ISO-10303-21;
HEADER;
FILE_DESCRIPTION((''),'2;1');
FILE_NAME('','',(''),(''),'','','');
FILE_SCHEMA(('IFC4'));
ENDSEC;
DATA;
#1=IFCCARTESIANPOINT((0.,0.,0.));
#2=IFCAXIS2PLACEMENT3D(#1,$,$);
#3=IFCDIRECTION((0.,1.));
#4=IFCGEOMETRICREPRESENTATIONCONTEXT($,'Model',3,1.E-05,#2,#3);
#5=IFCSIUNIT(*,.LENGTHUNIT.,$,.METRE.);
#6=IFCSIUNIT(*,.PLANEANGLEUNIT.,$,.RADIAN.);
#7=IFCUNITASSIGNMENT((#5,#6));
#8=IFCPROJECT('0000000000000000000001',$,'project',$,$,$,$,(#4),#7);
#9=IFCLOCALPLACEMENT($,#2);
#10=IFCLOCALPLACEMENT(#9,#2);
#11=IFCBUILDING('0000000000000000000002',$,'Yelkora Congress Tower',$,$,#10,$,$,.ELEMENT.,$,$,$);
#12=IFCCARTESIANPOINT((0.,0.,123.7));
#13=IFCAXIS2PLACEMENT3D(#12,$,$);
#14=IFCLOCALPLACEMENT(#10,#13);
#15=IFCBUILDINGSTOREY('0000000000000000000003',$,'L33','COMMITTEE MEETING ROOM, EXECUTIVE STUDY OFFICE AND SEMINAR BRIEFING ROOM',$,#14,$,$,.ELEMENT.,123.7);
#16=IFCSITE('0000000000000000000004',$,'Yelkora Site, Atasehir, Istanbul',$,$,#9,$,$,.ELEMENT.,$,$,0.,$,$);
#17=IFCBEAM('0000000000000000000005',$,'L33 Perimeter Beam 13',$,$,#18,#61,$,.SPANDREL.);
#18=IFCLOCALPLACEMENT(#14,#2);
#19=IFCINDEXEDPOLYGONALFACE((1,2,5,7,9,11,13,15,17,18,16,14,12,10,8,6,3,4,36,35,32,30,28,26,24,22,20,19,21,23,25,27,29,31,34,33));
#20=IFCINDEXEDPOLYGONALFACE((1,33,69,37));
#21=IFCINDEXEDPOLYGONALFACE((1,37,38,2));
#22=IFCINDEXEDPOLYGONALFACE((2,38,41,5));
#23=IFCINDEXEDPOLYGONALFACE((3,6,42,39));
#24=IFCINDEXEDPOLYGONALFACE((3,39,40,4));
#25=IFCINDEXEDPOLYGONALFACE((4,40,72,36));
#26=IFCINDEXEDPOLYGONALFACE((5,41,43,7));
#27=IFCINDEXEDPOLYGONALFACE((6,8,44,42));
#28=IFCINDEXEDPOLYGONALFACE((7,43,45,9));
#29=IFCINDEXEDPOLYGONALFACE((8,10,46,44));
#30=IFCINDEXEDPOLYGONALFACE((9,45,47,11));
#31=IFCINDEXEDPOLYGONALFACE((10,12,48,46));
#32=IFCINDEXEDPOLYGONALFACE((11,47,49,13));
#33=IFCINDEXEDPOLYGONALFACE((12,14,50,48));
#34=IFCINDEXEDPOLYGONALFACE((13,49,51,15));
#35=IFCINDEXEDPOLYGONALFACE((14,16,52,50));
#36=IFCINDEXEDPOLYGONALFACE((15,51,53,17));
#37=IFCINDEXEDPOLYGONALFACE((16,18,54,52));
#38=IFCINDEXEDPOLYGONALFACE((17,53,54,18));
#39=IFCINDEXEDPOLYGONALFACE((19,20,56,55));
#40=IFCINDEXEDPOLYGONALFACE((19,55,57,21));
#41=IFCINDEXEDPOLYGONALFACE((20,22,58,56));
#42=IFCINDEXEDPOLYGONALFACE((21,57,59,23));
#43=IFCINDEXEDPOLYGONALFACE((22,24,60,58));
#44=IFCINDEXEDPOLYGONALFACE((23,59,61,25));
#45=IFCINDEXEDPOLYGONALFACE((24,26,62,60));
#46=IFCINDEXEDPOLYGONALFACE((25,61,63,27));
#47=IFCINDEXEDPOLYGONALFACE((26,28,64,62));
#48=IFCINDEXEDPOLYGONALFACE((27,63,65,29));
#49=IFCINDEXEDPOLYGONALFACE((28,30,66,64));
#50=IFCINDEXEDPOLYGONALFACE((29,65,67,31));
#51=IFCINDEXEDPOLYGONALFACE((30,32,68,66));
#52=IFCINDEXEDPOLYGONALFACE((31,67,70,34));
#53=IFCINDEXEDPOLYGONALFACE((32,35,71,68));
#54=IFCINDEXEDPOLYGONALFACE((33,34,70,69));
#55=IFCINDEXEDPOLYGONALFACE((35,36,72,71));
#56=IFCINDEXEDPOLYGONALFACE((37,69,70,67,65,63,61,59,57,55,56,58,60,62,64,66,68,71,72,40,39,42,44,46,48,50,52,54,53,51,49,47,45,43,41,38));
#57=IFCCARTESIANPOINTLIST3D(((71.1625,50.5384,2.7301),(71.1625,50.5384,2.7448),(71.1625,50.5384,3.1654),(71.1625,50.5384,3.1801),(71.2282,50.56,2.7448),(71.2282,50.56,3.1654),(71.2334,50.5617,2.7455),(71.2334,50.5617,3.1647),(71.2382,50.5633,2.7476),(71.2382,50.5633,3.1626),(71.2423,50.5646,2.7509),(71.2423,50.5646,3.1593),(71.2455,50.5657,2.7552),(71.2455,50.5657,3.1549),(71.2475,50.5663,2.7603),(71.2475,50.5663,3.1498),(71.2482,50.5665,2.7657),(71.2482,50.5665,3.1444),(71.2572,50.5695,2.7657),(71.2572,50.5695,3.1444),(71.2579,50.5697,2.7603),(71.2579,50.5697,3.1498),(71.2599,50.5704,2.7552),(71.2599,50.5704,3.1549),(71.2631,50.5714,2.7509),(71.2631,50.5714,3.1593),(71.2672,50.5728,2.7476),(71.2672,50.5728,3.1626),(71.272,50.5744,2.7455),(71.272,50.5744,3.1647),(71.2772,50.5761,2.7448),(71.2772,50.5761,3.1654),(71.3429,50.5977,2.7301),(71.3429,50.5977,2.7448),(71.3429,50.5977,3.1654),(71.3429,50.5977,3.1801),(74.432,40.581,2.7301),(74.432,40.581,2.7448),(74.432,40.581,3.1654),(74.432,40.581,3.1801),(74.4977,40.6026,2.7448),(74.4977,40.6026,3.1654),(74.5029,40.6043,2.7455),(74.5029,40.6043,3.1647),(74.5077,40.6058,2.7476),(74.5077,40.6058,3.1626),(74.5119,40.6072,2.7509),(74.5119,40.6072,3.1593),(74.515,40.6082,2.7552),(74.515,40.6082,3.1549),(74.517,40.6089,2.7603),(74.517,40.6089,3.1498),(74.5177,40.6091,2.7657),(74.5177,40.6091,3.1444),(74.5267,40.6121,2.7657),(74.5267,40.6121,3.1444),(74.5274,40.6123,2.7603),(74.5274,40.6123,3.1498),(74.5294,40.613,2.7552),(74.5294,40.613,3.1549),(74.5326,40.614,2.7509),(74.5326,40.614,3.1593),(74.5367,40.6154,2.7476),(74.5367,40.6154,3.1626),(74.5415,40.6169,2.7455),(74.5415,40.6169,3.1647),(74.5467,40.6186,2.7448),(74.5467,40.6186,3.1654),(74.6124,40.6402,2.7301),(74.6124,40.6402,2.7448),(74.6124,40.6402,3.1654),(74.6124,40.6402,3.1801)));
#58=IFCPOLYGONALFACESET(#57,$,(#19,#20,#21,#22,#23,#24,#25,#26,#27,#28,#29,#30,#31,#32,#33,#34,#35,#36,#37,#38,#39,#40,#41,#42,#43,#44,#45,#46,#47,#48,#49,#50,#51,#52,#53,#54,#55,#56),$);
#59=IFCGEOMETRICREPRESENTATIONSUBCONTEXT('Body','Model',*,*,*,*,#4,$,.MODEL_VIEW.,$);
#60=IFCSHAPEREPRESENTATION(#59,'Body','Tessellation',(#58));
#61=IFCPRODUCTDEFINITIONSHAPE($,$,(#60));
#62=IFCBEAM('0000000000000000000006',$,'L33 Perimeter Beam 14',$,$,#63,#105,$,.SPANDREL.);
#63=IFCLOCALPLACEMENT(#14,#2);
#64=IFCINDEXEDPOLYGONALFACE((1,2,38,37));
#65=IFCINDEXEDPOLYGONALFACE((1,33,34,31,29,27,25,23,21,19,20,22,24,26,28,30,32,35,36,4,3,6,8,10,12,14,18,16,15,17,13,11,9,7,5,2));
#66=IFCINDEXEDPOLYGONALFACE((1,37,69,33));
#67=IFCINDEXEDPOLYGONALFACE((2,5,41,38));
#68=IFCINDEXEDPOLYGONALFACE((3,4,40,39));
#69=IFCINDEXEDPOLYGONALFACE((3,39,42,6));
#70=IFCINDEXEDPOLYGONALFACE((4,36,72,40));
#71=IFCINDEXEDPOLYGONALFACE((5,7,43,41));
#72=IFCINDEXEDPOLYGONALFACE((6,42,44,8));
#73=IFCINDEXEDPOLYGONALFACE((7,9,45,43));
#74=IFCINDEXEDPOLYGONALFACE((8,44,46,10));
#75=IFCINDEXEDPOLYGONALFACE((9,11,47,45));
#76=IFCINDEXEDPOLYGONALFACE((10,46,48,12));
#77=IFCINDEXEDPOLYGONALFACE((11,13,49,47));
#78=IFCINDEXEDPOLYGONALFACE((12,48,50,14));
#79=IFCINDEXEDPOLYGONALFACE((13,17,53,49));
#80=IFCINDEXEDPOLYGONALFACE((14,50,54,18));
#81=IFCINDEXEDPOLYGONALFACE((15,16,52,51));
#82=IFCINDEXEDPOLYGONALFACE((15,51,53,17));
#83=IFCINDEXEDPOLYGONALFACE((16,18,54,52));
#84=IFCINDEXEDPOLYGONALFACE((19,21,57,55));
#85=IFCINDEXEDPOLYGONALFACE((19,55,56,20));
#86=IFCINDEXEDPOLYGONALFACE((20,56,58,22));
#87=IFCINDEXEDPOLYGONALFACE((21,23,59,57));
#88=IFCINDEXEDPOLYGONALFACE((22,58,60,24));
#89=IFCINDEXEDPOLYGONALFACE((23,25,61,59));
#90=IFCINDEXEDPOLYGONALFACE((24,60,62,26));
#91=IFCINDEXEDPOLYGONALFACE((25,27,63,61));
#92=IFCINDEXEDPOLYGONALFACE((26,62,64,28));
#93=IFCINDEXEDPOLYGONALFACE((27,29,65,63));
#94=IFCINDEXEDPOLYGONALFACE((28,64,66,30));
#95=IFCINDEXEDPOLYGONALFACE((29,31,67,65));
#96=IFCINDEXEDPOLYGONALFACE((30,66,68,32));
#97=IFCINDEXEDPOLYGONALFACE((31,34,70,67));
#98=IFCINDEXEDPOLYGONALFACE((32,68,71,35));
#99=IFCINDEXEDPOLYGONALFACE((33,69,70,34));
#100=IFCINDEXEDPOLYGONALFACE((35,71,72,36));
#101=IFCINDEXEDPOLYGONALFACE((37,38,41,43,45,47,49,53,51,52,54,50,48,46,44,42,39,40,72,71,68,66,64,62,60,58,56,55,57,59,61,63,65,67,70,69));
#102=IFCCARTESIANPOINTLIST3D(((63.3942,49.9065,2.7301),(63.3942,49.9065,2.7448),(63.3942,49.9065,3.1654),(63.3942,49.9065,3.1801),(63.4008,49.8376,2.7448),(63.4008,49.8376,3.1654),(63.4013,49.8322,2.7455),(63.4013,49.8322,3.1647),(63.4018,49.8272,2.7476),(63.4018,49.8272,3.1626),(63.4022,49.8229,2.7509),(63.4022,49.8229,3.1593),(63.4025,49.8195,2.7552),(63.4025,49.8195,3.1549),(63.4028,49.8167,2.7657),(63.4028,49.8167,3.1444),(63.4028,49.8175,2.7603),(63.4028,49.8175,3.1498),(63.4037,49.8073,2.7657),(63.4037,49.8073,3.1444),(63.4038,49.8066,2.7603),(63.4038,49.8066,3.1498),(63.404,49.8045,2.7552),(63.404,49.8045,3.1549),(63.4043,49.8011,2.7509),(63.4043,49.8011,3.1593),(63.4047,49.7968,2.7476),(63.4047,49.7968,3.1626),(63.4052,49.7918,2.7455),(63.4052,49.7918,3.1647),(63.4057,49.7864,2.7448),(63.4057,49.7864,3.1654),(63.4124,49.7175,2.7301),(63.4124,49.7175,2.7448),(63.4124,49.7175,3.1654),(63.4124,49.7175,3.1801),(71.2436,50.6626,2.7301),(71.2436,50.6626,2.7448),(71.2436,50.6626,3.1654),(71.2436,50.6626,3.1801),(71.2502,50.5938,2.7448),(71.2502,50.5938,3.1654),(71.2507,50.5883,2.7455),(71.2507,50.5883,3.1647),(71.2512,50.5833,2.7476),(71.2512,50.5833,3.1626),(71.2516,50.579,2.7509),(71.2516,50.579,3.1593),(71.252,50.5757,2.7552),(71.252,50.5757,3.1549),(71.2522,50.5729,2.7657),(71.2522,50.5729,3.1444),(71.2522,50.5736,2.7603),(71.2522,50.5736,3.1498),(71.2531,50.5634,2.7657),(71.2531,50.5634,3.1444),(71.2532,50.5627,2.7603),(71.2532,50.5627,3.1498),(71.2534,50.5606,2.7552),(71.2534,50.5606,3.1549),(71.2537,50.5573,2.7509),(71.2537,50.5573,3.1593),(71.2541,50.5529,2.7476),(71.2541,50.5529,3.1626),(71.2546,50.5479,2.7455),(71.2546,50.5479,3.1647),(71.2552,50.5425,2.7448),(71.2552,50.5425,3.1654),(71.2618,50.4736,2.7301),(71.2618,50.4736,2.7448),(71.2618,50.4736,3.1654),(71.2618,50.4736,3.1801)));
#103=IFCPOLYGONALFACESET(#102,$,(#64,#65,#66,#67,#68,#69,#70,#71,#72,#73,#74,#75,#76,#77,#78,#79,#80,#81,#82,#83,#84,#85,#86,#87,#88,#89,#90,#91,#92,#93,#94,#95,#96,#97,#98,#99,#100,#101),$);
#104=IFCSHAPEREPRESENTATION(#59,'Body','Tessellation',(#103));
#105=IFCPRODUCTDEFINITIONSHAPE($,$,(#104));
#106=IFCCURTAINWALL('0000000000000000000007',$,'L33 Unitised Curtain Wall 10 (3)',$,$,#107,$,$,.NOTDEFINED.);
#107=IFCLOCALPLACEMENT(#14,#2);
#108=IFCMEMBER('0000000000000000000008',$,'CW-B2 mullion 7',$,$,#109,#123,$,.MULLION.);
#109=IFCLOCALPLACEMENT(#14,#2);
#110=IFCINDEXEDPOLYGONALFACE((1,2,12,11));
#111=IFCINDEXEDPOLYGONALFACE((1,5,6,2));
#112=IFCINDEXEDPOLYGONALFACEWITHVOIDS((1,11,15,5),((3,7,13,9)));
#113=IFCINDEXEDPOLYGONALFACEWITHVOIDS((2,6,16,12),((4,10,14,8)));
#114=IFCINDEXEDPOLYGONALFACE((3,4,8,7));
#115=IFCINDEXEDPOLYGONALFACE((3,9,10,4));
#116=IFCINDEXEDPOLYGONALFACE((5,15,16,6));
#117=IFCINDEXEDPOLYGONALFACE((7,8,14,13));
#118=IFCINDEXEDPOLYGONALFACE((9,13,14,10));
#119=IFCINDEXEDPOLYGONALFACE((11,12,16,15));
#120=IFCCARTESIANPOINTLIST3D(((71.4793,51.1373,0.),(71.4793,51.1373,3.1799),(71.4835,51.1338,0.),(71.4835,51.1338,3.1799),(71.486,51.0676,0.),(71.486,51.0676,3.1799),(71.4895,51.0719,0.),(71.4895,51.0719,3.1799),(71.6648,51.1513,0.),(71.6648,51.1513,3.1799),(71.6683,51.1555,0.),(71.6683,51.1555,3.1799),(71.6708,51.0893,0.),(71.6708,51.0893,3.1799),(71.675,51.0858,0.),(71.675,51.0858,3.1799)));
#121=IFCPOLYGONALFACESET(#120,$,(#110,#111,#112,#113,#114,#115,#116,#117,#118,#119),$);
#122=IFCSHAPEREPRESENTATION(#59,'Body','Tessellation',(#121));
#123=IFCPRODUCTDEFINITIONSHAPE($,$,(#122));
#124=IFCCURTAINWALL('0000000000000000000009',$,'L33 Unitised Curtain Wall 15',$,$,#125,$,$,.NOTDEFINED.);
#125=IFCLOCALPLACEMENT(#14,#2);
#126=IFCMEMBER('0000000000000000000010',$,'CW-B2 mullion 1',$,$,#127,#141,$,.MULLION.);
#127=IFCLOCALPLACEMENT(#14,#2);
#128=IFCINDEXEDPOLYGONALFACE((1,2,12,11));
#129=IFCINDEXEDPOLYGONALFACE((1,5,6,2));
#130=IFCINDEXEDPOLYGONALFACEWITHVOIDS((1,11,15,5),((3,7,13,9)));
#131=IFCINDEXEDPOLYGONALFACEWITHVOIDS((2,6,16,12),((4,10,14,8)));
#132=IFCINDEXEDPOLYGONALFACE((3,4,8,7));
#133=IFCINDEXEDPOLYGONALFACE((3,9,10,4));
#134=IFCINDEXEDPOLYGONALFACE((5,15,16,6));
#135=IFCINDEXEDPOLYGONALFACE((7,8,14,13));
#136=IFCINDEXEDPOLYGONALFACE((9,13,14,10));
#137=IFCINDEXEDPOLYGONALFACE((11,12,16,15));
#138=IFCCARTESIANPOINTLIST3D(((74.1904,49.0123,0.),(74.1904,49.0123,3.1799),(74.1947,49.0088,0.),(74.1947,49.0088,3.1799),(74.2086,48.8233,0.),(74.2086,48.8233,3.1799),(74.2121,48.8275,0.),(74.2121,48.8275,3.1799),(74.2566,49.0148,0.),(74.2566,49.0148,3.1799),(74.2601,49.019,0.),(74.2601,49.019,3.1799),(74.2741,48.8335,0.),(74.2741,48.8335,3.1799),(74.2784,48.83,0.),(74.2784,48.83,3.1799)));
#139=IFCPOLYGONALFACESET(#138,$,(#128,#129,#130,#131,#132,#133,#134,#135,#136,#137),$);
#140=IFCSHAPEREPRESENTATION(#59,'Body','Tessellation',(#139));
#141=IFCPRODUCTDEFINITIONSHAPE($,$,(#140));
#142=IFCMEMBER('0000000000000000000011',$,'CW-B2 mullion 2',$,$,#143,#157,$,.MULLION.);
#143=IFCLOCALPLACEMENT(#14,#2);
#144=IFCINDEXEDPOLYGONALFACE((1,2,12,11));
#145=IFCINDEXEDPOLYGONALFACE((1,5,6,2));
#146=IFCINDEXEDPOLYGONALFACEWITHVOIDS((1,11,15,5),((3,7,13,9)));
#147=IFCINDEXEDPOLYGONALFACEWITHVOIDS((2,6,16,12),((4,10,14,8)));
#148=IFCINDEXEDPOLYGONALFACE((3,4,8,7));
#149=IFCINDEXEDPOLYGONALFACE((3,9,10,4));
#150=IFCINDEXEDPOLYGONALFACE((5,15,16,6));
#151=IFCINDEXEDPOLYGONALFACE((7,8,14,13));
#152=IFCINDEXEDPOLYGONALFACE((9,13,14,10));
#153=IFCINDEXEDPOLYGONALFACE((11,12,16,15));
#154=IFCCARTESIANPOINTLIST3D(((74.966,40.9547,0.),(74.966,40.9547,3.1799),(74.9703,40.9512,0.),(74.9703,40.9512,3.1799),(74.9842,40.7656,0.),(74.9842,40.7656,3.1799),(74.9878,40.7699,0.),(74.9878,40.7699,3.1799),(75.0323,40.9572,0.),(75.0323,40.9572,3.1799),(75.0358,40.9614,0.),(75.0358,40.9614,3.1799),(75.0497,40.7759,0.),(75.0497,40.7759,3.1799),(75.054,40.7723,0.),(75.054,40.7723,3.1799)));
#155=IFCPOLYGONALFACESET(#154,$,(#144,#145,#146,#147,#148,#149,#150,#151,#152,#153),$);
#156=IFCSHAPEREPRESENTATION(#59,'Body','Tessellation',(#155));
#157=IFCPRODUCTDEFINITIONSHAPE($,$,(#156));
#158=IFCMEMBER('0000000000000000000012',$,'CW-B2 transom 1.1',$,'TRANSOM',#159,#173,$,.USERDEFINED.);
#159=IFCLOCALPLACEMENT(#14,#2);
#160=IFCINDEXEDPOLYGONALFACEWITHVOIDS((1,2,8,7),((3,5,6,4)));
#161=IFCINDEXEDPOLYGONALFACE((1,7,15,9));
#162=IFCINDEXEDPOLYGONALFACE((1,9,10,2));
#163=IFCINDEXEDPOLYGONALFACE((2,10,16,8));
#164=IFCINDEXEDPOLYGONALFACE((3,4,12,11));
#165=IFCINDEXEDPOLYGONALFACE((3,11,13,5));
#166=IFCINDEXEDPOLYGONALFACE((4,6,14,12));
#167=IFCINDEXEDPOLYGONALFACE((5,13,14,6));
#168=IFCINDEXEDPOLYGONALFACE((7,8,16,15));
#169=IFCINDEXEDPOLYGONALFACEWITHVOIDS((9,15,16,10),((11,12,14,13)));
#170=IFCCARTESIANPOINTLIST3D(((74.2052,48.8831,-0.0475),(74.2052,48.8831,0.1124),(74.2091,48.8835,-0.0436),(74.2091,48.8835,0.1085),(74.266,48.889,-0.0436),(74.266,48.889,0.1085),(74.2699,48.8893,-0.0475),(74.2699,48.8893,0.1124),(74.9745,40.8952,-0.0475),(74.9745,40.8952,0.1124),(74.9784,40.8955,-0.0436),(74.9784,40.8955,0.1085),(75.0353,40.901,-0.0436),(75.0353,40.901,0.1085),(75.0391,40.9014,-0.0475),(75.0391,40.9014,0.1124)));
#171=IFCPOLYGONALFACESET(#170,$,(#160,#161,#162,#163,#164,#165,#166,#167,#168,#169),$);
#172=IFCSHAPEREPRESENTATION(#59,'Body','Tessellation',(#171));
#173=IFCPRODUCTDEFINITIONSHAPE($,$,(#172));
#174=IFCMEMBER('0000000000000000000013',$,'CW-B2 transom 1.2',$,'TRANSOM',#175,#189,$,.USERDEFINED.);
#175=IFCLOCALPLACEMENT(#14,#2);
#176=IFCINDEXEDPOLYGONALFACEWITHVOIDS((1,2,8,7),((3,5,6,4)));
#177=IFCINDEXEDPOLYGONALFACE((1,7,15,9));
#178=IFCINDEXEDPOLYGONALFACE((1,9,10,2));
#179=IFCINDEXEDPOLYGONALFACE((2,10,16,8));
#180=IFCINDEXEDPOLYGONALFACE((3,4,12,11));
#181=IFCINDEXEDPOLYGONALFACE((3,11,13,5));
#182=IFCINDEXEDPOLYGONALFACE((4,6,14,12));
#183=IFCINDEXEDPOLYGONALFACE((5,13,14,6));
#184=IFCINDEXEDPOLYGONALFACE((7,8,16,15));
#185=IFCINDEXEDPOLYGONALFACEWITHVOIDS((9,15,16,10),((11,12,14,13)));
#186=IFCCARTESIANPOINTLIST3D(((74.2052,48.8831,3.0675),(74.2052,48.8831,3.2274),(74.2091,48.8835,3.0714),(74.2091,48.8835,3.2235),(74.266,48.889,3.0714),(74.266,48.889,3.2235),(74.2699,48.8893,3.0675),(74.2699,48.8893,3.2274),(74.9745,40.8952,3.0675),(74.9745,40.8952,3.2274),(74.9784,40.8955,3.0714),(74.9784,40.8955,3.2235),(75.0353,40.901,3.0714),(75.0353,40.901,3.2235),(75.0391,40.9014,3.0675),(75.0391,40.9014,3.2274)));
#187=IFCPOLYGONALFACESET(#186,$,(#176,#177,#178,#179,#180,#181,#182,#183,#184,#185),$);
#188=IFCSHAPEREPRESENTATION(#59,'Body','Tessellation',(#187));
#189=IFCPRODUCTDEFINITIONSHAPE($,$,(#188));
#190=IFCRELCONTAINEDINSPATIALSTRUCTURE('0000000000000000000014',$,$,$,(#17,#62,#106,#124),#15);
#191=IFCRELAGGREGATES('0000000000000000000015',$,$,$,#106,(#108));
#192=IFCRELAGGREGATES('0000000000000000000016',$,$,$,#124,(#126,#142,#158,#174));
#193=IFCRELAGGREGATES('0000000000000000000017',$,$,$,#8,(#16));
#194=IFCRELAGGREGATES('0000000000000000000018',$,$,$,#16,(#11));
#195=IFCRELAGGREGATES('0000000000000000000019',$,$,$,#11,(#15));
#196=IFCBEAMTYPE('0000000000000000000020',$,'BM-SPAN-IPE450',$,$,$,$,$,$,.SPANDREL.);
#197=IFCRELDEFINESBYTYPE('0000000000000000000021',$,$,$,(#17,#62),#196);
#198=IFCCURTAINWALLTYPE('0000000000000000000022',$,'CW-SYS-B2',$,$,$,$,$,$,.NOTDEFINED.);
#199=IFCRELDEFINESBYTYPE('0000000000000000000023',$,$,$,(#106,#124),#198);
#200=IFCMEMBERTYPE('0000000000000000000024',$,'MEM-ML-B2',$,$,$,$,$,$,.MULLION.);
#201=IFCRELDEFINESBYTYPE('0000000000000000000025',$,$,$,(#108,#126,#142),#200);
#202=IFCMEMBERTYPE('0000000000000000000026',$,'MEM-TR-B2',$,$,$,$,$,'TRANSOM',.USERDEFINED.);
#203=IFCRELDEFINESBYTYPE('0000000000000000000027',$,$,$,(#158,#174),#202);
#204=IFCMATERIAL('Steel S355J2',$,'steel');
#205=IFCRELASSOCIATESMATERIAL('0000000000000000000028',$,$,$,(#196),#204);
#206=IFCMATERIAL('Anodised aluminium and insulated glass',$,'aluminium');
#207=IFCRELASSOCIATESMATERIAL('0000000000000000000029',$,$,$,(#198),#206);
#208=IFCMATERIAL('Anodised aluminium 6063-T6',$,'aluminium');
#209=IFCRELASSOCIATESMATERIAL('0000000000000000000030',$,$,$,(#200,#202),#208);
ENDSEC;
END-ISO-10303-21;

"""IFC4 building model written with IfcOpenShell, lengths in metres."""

from ifc_helpers import new_model, si_unit, direction, frame, origin, origin_2d, place, context, subcontext, project, spatial, hollow_rectangle, i_section, extrude, material, material_profile, profile_set, type_object, element, aggregate, save


model = new_model("IFC4")

# Units and contexts
model_context = context("Model", 3, precision=1e-05, world=origin(), true_north=direction((0.0, 1.0)))
body_context = subcontext(model_context, "Body", "Model", "MODEL_VIEW")
ifc_project = project(units=[si_unit("LENGTHUNIT", "METRE"), si_unit("PLANEANGLEUNIT", "RADIAN")], contexts=[model_context])

# Site, building, storey
site_placement = place(None, origin())
site = spatial("IfcSite", under=ifc_project, at=site_placement, Name="Yelkora Site, Atasehir, Istanbul", CompositionType="ELEMENT", RefElevation=0.0)
building_placement = place(site_placement, origin())
building = spatial("IfcBuilding", under=site, at=building_placement, Name="Yelkora Congress Tower", CompositionType="ELEMENT")
storey_placement = place(building_placement, frame((0.0, 0.0, 123.7)))
storey = spatial("IfcBuildingStorey", under=building, at=storey_placement, Name="L33", Description="COMMITTEE MEETING ROOM, EXECUTIVE STUDY OFFICE AND SEMINAR BRIEFING ROOM", CompositionType="ELEMENT", Elevation=123.7)

# Beams
ifc_material_1 = material(Name="Steel S355J2", Category="steel")
ifc_material_profile_1 = material_profile(ifc_material_1, i_section(OverallWidth=0.1899, OverallDepth=0.45, WebThickness=0.0095, FlangeThickness=0.0146, FilletRadius=0.021, at=origin_2d()), Name="IPE 450")
ifc_profile_set_1 = profile_set([ifc_material_profile_1], Name="Steel S355J2")
beam_type_1 = type_object("IfcBeamType", Name="BM-SPAN-IPE450", PredefinedType="SPANDREL", material=ifc_profile_set_1)
beam_1_placement = place(storey_placement, frame((74.5222, 40.6106, 2.9551), z_axis=(-0.311962, 0.950095, 0.0), x_axis=(-0.950095, -0.311962, 0.0)))
element("IfcBeam", 1, at=beam_1_placement, inside=storey, type_object=beam_type_1, Name="L33 Perimeter Beam 13", PredefinedType="SPANDREL", context=body_context, shape_type="SweptSolid", body=[
    extrude(i_section(OverallWidth=0.1899, OverallDepth=0.45, WebThickness=0.0095, FlangeThickness=0.0146, FilletRadius=0.021, at=origin_2d()), origin(), (0.0, 0.0, 1.0), 10.4805),
])
beam_2_placement = place(storey_placement, frame((71.2527, 50.5681, 2.9551), z_axis=(-0.995393, -0.095883, 0.0), x_axis=(0.095883, -0.995393, 0.0)))
element("IfcBeam", 2, at=beam_2_placement, inside=storey, type_object=beam_type_1, Name="L33 Perimeter Beam 14", PredefinedType="SPANDREL", context=body_context, shape_type="SweptSolid", body=[
    extrude(i_section(OverallWidth=0.1899, OverallDepth=0.45, WebThickness=0.0095, FlangeThickness=0.0146, FilletRadius=0.021, at=origin_2d()), origin(), (0.0, 0.0, 1.0), 7.8857),
])

# Curtain wall, member
ifc_material_2 = material(Name="Anodised aluminium and insulated glass", Category="aluminium")
curtain_wall_type = type_object("IfcCurtainWallType", Name="CW-SYS-B2", PredefinedType="NOTDEFINED", material=ifc_material_2)
curtain_wall_1_placement = place(storey_placement, origin())
curtain_wall_1 = element("IfcCurtainWall", 3, at=curtain_wall_1_placement, inside=storey, type_object=curtain_wall_type, Name="L33 Unitised Curtain Wall 10 (3)", PredefinedType="NOTDEFINED")
ifc_material_3 = material(Name="Anodised aluminium 6063-T6", Category="aluminium")
ifc_material_profile_2 = material_profile(ifc_material_3, hollow_rectangle(XDim=0.0701, YDim=0.1899, WallThickness=0.0039, at=origin_2d()), Name="ALU 70x190x4")
ifc_profile_set_2 = profile_set([ifc_material_profile_2], Name="Anodised aluminium 6063-T6")
member_type_1 = type_object("IfcMemberType", Name="MEM-ML-B2", PredefinedType="MULLION", material=ifc_profile_set_2)
member_1_placement = place(storey_placement, frame((71.5771, 51.1116, 0.0), z_axis=(0.0, 0.0, 1.0), x_axis=(-0.095844, 0.995396, 0.0)))
member_1 = element("IfcMember", 4, at=member_1_placement, type_object=member_type_1, Name="CW-B2 mullion 7", PredefinedType="MULLION", context=body_context, shape_type="SweptSolid", body=[
    extrude(hollow_rectangle(XDim=0.0701, YDim=0.1899, WallThickness=0.0039, at=origin_2d()), origin(), (0.0, 0.0, 1.0), 3.1799),
])
aggregate(curtain_wall_1, [member_1])

# Curtain wall, members
curtain_wall_2_placement = place(storey_placement, origin())
curtain_wall_2 = element("IfcCurtainWall", 5, at=curtain_wall_2_placement, inside=storey, type_object=curtain_wall_type, Name="L33 Unitised Curtain Wall 15", PredefinedType="NOTDEFINED")
member_2_placement = place(storey_placement, frame((74.2344, 48.9211, 0.0), z_axis=(0.0, 0.0, 1.0), x_axis=(0.995397, 0.095843, 0.0)))
member_2 = element("IfcMember", 6, at=member_2_placement, type_object=member_type_1, Name="CW-B2 mullion 1", PredefinedType="MULLION", context=body_context, shape_type="SweptSolid", body=[
    extrude(hollow_rectangle(XDim=0.0701, YDim=0.1899, WallThickness=0.0039, at=origin_2d()), origin(), (0.0, 0.0, 1.0), 3.1799),
])
member_3_placement = place(storey_placement, frame((75.01, 40.8635, 0.0), z_axis=(0.0, 0.0, 1.0), x_axis=(0.995397, 0.095843, 0.0)))
member_3 = element("IfcMember", 7, at=member_3_placement, type_object=member_type_1, Name="CW-B2 mullion 2", PredefinedType="MULLION", context=body_context, shape_type="SweptSolid", body=[
    extrude(hollow_rectangle(XDim=0.0701, YDim=0.1899, WallThickness=0.0039, at=origin_2d()), origin(), (0.0, 0.0, 1.0), 3.1799),
])
ifc_material_profile_3 = material_profile(ifc_material_3, hollow_rectangle(XDim=0.0649, YDim=0.1599, WallThickness=0.0039, at=origin_2d()), Name="ALU 65x160x4")
ifc_profile_set_3 = profile_set([ifc_material_profile_3], Name="Anodised aluminium 6063-T6")
member_type_2 = type_object("IfcMemberType", Name="MEM-TR-B2", ElementType="TRANSOM", PredefinedType="USERDEFINED", material=ifc_profile_set_3)
member_4_placement = place(storey_placement, frame((74.2375, 48.8862, 0.0325), z_axis=(0.095861, -0.995395, 0.0), x_axis=(0.995395, 0.095861, 0.0)))
member_4 = element("IfcMember", 8, at=member_4_placement, type_object=member_type_2, Name="CW-B2 transom 1.1", ObjectType="TRANSOM", PredefinedType="USERDEFINED", context=body_context, shape_type="SweptSolid", body=[
    extrude(hollow_rectangle(XDim=0.0649, YDim=0.1599, WallThickness=0.0039, at=origin_2d()), origin(), (0.0, 0.0, 1.0), 8.0249),
])
member_5_placement = place(storey_placement, frame((74.2375, 48.8862, 3.1475), z_axis=(0.095861, -0.995395, 0.0), x_axis=(0.995395, 0.095861, 0.0)))
member_5 = element("IfcMember", 9, at=member_5_placement, type_object=member_type_2, Name="CW-B2 transom 1.2", ObjectType="TRANSOM", PredefinedType="USERDEFINED", context=body_context, shape_type="SweptSolid", body=[
    extrude(hollow_rectangle(XDim=0.0649, YDim=0.1599, WallThickness=0.0039, at=origin_2d()), origin(), (0.0, 0.0, 1.0), 8.0249),
])
aggregate(curtain_wall_2, [member_2, member_3, member_4, member_5])

save(model, "model.ifc")
